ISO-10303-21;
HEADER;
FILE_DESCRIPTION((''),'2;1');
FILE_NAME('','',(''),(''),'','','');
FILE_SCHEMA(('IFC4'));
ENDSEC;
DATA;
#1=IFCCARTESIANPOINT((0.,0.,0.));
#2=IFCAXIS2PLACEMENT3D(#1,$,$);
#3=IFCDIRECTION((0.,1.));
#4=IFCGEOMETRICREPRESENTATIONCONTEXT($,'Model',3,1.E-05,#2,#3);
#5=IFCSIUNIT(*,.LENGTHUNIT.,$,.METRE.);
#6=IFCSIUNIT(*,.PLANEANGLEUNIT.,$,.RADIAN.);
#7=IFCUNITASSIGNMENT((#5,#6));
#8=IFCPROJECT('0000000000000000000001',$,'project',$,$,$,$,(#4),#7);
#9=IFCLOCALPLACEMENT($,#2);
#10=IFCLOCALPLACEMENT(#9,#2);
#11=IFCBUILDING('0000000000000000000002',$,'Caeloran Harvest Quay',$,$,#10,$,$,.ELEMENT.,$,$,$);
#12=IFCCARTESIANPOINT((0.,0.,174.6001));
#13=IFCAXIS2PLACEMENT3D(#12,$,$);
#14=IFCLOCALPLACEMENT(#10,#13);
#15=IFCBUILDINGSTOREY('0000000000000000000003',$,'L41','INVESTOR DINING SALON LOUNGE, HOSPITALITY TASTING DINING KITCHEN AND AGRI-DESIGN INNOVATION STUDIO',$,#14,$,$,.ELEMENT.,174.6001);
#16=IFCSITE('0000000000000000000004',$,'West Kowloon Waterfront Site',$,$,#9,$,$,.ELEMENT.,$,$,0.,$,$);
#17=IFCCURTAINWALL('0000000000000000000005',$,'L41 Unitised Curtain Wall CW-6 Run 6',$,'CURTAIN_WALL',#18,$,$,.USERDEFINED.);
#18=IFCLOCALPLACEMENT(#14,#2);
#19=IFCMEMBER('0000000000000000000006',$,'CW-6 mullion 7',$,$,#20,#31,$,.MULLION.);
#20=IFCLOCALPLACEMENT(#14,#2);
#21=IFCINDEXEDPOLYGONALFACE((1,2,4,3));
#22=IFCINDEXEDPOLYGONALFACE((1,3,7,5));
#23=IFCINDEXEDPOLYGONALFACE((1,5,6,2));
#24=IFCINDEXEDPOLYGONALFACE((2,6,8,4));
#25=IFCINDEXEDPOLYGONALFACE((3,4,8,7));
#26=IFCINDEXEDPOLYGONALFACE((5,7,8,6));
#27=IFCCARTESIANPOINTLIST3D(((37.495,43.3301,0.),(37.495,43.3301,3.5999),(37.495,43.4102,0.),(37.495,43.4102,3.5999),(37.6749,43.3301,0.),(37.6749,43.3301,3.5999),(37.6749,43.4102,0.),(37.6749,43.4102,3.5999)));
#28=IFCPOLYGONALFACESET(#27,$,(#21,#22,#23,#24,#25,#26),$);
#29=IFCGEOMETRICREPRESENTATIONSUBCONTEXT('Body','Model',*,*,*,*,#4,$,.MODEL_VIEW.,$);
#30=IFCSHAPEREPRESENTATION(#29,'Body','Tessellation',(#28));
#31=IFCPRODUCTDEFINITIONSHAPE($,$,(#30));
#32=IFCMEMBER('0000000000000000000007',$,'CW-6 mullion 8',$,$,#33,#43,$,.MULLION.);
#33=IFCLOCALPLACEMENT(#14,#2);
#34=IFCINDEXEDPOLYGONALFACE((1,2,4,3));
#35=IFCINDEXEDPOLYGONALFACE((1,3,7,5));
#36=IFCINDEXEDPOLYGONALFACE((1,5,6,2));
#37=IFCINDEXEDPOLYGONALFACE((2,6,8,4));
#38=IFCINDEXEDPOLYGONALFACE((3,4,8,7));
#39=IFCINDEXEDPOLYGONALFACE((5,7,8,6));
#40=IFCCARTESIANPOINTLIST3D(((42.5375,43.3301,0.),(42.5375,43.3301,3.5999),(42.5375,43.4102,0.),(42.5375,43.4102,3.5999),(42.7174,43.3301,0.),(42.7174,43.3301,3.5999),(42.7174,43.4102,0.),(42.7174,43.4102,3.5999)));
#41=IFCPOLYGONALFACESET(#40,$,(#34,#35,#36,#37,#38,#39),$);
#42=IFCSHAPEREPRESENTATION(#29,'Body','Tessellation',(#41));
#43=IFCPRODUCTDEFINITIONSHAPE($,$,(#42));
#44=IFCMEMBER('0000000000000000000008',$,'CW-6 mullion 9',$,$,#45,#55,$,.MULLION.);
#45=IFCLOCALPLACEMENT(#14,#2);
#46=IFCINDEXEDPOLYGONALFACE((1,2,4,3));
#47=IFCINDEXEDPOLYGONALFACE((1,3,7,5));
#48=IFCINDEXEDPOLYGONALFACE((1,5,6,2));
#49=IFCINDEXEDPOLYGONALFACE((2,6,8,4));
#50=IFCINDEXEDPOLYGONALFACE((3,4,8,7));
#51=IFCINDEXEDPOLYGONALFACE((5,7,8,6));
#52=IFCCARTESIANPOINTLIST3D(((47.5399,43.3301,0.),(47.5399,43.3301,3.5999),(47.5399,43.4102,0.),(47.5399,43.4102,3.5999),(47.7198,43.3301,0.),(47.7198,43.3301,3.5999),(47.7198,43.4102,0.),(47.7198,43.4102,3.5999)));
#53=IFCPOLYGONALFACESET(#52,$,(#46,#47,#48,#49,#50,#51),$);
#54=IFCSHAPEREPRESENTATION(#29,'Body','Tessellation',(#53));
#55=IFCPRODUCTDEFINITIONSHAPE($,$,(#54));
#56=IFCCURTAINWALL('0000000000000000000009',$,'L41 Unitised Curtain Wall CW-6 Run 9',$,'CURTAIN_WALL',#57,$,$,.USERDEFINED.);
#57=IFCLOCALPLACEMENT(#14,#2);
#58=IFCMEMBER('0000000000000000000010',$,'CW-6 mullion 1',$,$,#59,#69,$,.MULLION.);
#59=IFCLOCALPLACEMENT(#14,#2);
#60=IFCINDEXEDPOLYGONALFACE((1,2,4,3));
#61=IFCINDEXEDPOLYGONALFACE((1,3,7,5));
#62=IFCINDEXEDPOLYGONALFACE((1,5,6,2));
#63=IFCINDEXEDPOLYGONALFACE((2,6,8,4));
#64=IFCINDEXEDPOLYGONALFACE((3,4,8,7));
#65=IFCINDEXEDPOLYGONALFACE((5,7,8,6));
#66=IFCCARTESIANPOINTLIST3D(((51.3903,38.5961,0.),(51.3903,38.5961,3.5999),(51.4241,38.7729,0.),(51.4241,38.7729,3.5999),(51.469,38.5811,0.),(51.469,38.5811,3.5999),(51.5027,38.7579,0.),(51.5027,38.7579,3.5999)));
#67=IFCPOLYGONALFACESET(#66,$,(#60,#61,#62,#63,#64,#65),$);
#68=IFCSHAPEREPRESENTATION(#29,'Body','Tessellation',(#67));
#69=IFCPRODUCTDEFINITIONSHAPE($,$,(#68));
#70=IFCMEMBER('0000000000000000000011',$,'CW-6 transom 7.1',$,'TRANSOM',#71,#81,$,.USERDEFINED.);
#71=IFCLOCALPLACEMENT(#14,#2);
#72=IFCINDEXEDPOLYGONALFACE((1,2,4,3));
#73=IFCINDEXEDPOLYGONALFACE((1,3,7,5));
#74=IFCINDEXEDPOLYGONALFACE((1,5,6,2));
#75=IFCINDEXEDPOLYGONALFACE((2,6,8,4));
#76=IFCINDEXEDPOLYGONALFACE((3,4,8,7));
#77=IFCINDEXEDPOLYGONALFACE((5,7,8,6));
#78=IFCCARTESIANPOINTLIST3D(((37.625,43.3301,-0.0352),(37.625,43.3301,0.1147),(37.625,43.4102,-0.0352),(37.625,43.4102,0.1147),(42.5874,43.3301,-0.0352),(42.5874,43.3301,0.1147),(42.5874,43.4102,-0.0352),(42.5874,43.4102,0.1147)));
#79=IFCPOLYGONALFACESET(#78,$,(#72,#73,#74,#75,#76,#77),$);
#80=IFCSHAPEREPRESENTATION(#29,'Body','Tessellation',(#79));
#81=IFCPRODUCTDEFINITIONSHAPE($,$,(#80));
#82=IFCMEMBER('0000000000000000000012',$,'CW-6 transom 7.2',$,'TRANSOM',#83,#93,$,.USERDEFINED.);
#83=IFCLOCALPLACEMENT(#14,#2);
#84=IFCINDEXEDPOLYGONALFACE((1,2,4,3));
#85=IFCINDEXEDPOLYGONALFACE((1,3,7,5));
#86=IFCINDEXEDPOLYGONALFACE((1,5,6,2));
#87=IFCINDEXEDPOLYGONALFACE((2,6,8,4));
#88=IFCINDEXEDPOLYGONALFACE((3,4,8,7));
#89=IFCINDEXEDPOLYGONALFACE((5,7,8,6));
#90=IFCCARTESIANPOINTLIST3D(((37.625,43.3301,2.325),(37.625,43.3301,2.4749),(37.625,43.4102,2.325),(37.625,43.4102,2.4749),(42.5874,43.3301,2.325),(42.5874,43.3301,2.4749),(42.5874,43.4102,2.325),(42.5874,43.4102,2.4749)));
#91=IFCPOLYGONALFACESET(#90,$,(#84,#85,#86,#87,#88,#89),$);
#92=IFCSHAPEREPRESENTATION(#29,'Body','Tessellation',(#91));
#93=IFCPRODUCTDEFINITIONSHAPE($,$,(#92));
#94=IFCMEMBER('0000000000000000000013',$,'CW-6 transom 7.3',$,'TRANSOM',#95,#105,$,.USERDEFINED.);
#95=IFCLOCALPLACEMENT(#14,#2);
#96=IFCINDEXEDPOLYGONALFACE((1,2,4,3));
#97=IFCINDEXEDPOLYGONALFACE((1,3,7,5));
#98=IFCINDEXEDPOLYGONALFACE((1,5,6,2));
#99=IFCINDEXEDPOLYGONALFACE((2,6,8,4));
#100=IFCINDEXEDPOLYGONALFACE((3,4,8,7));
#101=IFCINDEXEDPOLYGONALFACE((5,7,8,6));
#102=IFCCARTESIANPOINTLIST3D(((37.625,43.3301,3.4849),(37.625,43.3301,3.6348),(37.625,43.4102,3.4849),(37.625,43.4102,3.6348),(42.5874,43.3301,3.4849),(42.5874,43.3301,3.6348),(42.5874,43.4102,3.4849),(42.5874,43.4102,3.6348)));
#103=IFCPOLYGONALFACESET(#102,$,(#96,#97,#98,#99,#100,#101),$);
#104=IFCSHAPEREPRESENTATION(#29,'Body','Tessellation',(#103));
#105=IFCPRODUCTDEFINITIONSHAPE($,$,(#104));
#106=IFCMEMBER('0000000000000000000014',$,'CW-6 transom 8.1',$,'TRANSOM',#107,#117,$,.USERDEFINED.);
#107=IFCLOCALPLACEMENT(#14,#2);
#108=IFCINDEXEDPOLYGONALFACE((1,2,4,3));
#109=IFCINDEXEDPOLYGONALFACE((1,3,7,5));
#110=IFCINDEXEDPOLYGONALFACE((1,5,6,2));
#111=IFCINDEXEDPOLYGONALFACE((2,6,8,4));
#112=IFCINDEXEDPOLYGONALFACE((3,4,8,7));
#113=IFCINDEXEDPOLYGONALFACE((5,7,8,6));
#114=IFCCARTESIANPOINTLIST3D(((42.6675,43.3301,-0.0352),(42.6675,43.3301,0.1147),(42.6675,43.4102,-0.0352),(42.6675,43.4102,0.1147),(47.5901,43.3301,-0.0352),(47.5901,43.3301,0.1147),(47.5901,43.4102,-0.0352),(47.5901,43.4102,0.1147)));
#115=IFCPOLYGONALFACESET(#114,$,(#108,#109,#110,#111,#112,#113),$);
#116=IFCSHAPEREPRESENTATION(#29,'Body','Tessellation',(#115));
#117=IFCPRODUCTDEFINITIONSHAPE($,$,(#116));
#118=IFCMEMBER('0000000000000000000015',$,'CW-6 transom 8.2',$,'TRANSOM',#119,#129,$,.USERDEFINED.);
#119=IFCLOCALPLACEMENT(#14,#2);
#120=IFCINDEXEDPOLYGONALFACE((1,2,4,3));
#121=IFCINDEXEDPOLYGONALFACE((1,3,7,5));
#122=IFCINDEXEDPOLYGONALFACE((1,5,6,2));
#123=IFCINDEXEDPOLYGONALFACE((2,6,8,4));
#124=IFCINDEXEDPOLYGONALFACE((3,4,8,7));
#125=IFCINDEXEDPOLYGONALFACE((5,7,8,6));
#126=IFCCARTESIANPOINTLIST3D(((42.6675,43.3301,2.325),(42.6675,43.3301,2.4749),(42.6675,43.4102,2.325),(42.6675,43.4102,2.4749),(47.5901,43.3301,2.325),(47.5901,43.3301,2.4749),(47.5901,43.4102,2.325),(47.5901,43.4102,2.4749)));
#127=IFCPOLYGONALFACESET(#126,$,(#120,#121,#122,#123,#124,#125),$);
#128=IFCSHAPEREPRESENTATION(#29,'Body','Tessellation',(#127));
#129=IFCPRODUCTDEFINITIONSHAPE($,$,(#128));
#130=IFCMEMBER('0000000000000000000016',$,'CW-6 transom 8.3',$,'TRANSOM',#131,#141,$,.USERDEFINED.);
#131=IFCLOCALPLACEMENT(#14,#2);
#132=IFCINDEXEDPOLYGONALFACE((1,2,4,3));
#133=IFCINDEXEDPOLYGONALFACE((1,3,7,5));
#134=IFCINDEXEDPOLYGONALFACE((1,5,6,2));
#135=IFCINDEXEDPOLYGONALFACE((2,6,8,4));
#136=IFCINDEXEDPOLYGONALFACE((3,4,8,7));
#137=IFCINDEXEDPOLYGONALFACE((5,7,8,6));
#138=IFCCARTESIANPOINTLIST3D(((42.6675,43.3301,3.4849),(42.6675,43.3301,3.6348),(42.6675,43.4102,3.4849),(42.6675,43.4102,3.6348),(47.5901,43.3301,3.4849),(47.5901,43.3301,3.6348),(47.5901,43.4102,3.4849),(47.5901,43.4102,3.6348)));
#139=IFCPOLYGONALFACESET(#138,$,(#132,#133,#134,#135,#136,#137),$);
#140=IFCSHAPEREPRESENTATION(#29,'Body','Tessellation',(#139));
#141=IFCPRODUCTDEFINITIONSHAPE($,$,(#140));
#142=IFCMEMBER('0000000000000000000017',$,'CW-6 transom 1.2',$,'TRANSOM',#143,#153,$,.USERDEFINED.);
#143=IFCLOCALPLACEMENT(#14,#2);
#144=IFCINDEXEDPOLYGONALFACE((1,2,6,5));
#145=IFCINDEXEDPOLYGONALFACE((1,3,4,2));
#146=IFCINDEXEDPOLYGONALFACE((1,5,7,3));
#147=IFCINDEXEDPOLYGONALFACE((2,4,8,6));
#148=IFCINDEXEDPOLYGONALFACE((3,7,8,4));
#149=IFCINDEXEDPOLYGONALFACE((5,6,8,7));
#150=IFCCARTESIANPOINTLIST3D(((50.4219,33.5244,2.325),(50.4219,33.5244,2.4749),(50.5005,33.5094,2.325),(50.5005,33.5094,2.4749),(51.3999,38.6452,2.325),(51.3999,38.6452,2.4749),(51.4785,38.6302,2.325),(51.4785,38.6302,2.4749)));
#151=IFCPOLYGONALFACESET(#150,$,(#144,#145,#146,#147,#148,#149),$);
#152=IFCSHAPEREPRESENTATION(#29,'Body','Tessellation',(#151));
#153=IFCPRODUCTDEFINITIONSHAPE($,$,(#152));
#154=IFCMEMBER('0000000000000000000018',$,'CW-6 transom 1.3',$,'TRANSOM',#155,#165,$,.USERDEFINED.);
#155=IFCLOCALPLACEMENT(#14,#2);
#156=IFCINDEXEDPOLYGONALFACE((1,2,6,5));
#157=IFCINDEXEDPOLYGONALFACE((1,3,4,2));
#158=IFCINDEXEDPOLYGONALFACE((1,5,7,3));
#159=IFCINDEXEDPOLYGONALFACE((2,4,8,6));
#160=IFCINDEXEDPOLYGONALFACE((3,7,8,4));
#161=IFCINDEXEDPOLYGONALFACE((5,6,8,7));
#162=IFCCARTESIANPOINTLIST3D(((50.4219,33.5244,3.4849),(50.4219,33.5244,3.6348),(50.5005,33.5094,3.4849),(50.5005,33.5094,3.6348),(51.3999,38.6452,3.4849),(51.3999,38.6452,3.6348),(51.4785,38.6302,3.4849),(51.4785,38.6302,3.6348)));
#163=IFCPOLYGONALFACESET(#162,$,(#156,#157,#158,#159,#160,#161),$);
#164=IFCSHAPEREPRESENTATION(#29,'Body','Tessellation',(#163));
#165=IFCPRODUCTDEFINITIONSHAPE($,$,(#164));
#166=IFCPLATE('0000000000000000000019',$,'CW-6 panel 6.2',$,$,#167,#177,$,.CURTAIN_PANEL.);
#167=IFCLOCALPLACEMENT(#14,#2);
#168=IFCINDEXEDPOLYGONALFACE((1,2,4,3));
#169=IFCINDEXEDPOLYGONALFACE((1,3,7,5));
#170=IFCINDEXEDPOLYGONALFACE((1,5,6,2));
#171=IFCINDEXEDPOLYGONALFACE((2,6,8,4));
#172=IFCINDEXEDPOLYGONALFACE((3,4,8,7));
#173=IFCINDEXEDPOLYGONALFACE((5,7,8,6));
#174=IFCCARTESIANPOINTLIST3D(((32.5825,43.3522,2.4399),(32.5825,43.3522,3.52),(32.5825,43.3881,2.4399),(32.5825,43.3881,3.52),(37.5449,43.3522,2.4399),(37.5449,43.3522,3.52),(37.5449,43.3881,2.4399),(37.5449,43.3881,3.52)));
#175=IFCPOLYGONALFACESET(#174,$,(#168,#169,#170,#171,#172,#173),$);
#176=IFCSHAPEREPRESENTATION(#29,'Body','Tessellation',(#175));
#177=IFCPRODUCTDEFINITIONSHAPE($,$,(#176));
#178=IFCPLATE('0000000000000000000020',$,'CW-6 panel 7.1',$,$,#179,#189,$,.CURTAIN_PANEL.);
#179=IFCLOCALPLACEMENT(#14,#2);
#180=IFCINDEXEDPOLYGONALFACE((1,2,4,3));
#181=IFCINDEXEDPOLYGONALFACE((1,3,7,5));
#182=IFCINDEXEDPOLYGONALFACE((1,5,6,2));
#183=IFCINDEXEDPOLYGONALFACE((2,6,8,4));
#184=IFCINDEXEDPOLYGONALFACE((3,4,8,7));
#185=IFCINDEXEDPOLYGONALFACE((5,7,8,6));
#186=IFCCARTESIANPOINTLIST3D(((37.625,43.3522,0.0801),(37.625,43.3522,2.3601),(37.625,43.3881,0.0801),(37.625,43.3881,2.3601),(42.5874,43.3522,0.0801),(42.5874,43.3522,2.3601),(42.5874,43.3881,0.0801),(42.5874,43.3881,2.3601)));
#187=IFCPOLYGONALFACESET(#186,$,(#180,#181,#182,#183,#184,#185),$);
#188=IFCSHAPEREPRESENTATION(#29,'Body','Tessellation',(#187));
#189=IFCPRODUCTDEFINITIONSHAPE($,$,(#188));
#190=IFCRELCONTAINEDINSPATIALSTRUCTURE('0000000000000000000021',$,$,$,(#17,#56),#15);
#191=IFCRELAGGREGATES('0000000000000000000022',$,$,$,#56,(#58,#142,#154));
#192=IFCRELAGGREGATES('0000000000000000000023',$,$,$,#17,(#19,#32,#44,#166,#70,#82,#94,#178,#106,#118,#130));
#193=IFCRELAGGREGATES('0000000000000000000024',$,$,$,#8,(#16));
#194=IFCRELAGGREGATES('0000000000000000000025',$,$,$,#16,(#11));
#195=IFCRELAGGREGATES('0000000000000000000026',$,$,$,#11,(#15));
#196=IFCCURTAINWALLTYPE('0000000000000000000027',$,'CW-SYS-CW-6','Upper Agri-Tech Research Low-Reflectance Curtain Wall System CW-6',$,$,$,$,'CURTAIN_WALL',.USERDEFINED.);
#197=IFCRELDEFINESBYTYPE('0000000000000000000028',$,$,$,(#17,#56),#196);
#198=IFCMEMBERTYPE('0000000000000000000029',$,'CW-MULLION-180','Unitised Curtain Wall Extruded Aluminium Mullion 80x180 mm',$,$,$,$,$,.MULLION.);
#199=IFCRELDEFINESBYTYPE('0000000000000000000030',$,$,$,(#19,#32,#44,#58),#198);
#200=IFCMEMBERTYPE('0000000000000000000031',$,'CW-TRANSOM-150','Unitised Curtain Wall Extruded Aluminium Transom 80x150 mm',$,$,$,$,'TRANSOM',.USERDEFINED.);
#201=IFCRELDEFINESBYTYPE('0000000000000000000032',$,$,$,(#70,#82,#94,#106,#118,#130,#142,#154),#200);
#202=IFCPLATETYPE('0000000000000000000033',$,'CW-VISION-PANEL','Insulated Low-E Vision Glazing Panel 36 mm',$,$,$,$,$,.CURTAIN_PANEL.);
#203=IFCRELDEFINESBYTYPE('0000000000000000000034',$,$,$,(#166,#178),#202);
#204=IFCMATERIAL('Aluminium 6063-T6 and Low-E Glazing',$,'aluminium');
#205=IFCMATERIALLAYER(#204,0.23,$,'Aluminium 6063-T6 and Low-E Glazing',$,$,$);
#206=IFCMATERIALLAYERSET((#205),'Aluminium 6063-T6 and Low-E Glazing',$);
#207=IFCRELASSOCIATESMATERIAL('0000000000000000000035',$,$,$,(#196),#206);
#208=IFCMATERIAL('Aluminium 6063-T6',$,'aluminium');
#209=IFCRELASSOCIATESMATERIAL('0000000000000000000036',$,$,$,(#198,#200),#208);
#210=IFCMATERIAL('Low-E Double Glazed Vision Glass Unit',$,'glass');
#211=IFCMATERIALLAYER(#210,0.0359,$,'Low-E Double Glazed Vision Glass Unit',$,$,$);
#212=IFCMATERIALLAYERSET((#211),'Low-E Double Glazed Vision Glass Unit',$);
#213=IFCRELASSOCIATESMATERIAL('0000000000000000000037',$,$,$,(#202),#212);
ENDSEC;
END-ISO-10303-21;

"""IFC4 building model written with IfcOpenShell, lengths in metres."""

from ifc_helpers import new_model, si_unit, direction, frame, origin, origin_2d, place, context, subcontext, project, spatial, rectangle, extrude, material, layer, layer_set, material_profile, profile_set, type_object, element, aggregate, save


model = new_model("IFC4")

# Units and contexts
model_context = context("Model", 3, precision=1e-05, world=origin(), true_north=direction((0.0, 1.0)))
body_context = subcontext(model_context, "Body", "Model", "MODEL_VIEW")
ifc_project = project(units=[si_unit("LENGTHUNIT", "METRE"), si_unit("PLANEANGLEUNIT", "RADIAN")], contexts=[model_context])

# Site, building, storey
site_placement = place(None, origin())
site = spatial("IfcSite", under=ifc_project, at=site_placement, Name="West Kowloon Waterfront Site", CompositionType="ELEMENT", RefElevation=0.0)
building_placement = place(site_placement, origin())
building = spatial("IfcBuilding", under=site, at=building_placement, Name="Caeloran Harvest Quay", CompositionType="ELEMENT")
storey_placement = place(building_placement, frame((0.0, 0.0, 174.6001)))
storey = spatial("IfcBuildingStorey", under=building, at=storey_placement, Name="L41", Description="INVESTOR DINING SALON LOUNGE, HOSPITALITY TASTING DINING KITCHEN AND AGRI-DESIGN INNOVATION STUDIO", CompositionType="ELEMENT", Elevation=174.6001)

# Curtain wall, members
ifc_material_1 = material(Name="Aluminium 6063-T6 and Low-E Glazing", Category="aluminium")
ifc_layer_1 = layer(ifc_material_1, 0.23, Name="Aluminium 6063-T6 and Low-E Glazing")
ifc_layer_set_1 = layer_set([ifc_layer_1], Name="Aluminium 6063-T6 and Low-E Glazing")
curtain_wall_type = type_object("IfcCurtainWallType", Name="CW-SYS-CW-6", Description="Upper Agri-Tech Research Low-Reflectance Curtain Wall System CW-6", ElementType="CURTAIN_WALL", PredefinedType="USERDEFINED", material=ifc_layer_set_1)
curtain_wall_1_placement = place(storey_placement, origin())
curtain_wall_1 = element("IfcCurtainWall", 1, at=curtain_wall_1_placement, inside=storey, type_object=curtain_wall_type, Name="L41 Unitised Curtain Wall CW-6 Run 6", ObjectType="CURTAIN_WALL", PredefinedType="USERDEFINED")
ifc_material_2 = material(Name="Aluminium 6063-T6", Category="aluminium")
ifc_material_profile_1 = material_profile(ifc_material_2, rectangle(XDim=0.0801, YDim=0.1799, at=origin_2d()), Name="CW-MULLION-180")
ifc_profile_set_1 = profile_set([ifc_material_profile_1], Name="Aluminium 6063-T6")
member_type_1 = type_object("IfcMemberType", Name="CW-MULLION-180", Description="Unitised Curtain Wall Extruded Aluminium Mullion 80x180 mm", PredefinedType="MULLION", material=ifc_profile_set_1)
member_1_placement = place(storey_placement, frame((37.585, 43.3701, 0.0), z_axis=(0.0, 0.0, 1.0), x_axis=(0.0, 1.0, 0.0)))
member_1 = element("IfcMember", 2, at=member_1_placement, type_object=member_type_1, Name="CW-6 mullion 7", PredefinedType="MULLION", context=body_context, shape_type="SweptSolid", body=[
    extrude(rectangle(XDim=0.0801, YDim=0.1799, at=origin_2d()), origin(), (0.0, 0.0, 1.0), 3.5999),
])
member_2_placement = place(storey_placement, frame((42.6274, 43.3701, 0.0), z_axis=(0.0, 0.0, 1.0), x_axis=(0.0, 1.0, 0.0)))
member_2 = element("IfcMember", 3, at=member_2_placement, type_object=member_type_1, Name="CW-6 mullion 8", PredefinedType="MULLION", context=body_context, shape_type="SweptSolid", body=[
    extrude(rectangle(XDim=0.0801, YDim=0.1799, at=origin_2d()), origin(), (0.0, 0.0, 1.0), 3.5999),
])
member_3_placement = place(storey_placement, frame((47.6299, 43.3701, 0.0), z_axis=(0.0, 0.0, 1.0), x_axis=(0.0, 1.0, 0.0)))
member_3 = element("IfcMember", 4, at=member_3_placement, type_object=member_type_1, Name="CW-6 mullion 9", PredefinedType="MULLION", context=body_context, shape_type="SweptSolid", body=[
    extrude(rectangle(XDim=0.0801, YDim=0.1799, at=origin_2d()), origin(), (0.0, 0.0, 1.0), 3.5999),
])

# Curtain wall, member
curtain_wall_2_placement = place(storey_placement, origin())
curtain_wall_2 = element("IfcCurtainWall", 5, at=curtain_wall_2_placement, inside=storey, type_object=curtain_wall_type, Name="L41 Unitised Curtain Wall CW-6 Run 9", ObjectType="CURTAIN_WALL", PredefinedType="USERDEFINED")
member_4_placement = place(storey_placement, frame((51.4465, 38.677, 0.0), z_axis=(0.0, 0.0, 1.0), x_axis=(0.982248, -0.187588, 0.0)))
member_4 = element("IfcMember", 6, at=member_4_placement, type_object=member_type_1, Name="CW-6 mullion 1", PredefinedType="MULLION", context=body_context, shape_type="SweptSolid", body=[
    extrude(rectangle(XDim=0.0801, YDim=0.1799, at=origin_2d()), origin(), (0.0, 0.0, 1.0), 3.5999),
])

# Members
ifc_material_profile_2 = material_profile(ifc_material_2, rectangle(XDim=0.0801, YDim=0.1499, at=origin_2d()), Name="CW-TRANSOM-150")
ifc_profile_set_2 = profile_set([ifc_material_profile_2], Name="Aluminium 6063-T6")
member_type_2 = type_object("IfcMemberType", Name="CW-TRANSOM-150", Description="Unitised Curtain Wall Extruded Aluminium Transom 80x150 mm", ElementType="TRANSOM", PredefinedType="USERDEFINED", material=ifc_profile_set_2)
member_5_placement = place(storey_placement, frame((37.625, 43.3701, 0.0398), z_axis=(1.0, 0.0, 0.0), x_axis=(0.0, 1.0, 0.0)))
member_5 = element("IfcMember", 7, at=member_5_placement, type_object=member_type_2, Name="CW-6 transom 7.1", ObjectType="TRANSOM", PredefinedType="USERDEFINED", context=body_context, shape_type="SweptSolid", body=[
    extrude(rectangle(XDim=0.0801, YDim=0.1499, at=origin_2d()), origin(), (0.0, 0.0, 1.0), 4.9624),
])
member_6_placement = place(storey_placement, frame((37.625, 43.3701, 2.3999), z_axis=(1.0, 0.0, 0.0), x_axis=(0.0, 1.0, 0.0)))
member_6 = element("IfcMember", 8, at=member_6_placement, type_object=member_type_2, Name="CW-6 transom 7.2", ObjectType="TRANSOM", PredefinedType="USERDEFINED", context=body_context, shape_type="SweptSolid", body=[
    extrude(rectangle(XDim=0.0801, YDim=0.1499, at=origin_2d()), origin(), (0.0, 0.0, 1.0), 4.9624),
])
member_7_placement = place(storey_placement, frame((37.625, 43.3701, 3.5598), z_axis=(1.0, 0.0, 0.0), x_axis=(0.0, 1.0, 0.0)))
member_7 = element("IfcMember", 9, at=member_7_placement, type_object=member_type_2, Name="CW-6 transom 7.3", ObjectType="TRANSOM", PredefinedType="USERDEFINED", context=body_context, shape_type="SweptSolid", body=[
    extrude(rectangle(XDim=0.0801, YDim=0.1499, at=origin_2d()), origin(), (0.0, 0.0, 1.0), 4.9624),
])
member_8_placement = place(storey_placement, frame((42.6675, 43.3701, 0.0398), z_axis=(1.0, 0.0, 0.0), x_axis=(0.0, 1.0, 0.0)))
member_8 = element("IfcMember", 10, at=member_8_placement, type_object=member_type_2, Name="CW-6 transom 8.1", ObjectType="TRANSOM", PredefinedType="USERDEFINED", context=body_context, shape_type="SweptSolid", body=[
    extrude(rectangle(XDim=0.0801, YDim=0.1499, at=origin_2d()), origin(), (0.0, 0.0, 1.0), 4.9226),
])
member_9_placement = place(storey_placement, frame((42.6675, 43.3701, 2.3999), z_axis=(1.0, 0.0, 0.0), x_axis=(0.0, 1.0, 0.0)))
member_9 = element("IfcMember", 11, at=member_9_placement, type_object=member_type_2, Name="CW-6 transom 8.2", ObjectType="TRANSOM", PredefinedType="USERDEFINED", context=body_context, shape_type="SweptSolid", body=[
    extrude(rectangle(XDim=0.0801, YDim=0.1499, at=origin_2d()), origin(), (0.0, 0.0, 1.0), 4.9226),
])
member_10_placement = place(storey_placement, frame((42.6675, 43.3701, 3.5598), z_axis=(1.0, 0.0, 0.0), x_axis=(0.0, 1.0, 0.0)))
member_10 = element("IfcMember", 12, at=member_10_placement, type_object=member_type_2, Name="CW-6 transom 8.3", ObjectType="TRANSOM", PredefinedType="USERDEFINED", context=body_context, shape_type="SweptSolid", body=[
    extrude(rectangle(XDim=0.0801, YDim=0.1499, at=origin_2d()), origin(), (0.0, 0.0, 1.0), 4.9226),
])
member_11_placement = place(storey_placement, frame((51.4392, 38.6377, 2.3999), z_axis=(-0.187598, -0.982246, 0.0), x_axis=(0.982246, -0.187598, 0.0)))
member_11 = element("IfcMember", 13, at=member_11_placement, type_object=member_type_2, Name="CW-6 transom 1.2", ObjectType="TRANSOM", PredefinedType="USERDEFINED", context=body_context, shape_type="SweptSolid", body=[
    extrude(rectangle(XDim=0.0801, YDim=0.1499, at=origin_2d()), origin(), (0.0, 0.0, 1.0), 5.2134),
])
member_12_placement = place(storey_placement, frame((51.4392, 38.6377, 3.5598), z_axis=(-0.187598, -0.982246, 0.0), x_axis=(0.982246, -0.187598, 0.0)))
member_12 = element("IfcMember", 14, at=member_12_placement, type_object=member_type_2, Name="CW-6 transom 1.3", ObjectType="TRANSOM", PredefinedType="USERDEFINED", context=body_context, shape_type="SweptSolid", body=[
    extrude(rectangle(XDim=0.0801, YDim=0.1499, at=origin_2d()), origin(), (0.0, 0.0, 1.0), 5.2134),
])
aggregate(curtain_wall_2, [member_4, member_11, member_12])

# Plates
ifc_material_3 = material(Name="Low-E Double Glazed Vision Glass Unit", Category="glass")
ifc_layer_2 = layer(ifc_material_3, 0.0359, Name="Low-E Double Glazed Vision Glass Unit")
ifc_layer_set_2 = layer_set([ifc_layer_2], Name="Low-E Double Glazed Vision Glass Unit")
plate_type = type_object("IfcPlateType", Name="CW-VISION-PANEL", Description="Insulated Low-E Vision Glazing Panel 36 mm", PredefinedType="CURTAIN_PANEL", material=ifc_layer_set_2)
plate_1_placement = place(storey_placement, frame((35.0637, 43.3701, 2.4399), z_axis=(0.0, 0.0, 1.0), x_axis=(1.0, 0.0, 0.0)))
plate_1 = element("IfcPlate", 15, at=plate_1_placement, type_object=plate_type, Name="CW-6 panel 6.2", PredefinedType="CURTAIN_PANEL", context=body_context, shape_type="SweptSolid", body=[
    extrude(rectangle(XDim=4.9624, YDim=0.0359, at=origin_2d()), origin(), (0.0, 0.0, 1.0), 1.0801),
])
plate_2_placement = place(storey_placement, frame((40.1062, 43.3701, 0.0801), z_axis=(0.0, 0.0, 1.0), x_axis=(1.0, 0.0, 0.0)))
plate_2 = element("IfcPlate", 16, at=plate_2_placement, type_object=plate_type, Name="CW-6 panel 7.1", PredefinedType="CURTAIN_PANEL", context=body_context, shape_type="SweptSolid", body=[
    extrude(rectangle(XDim=4.9624, YDim=0.0359, at=origin_2d()), origin(), (0.0, 0.0, 1.0), 2.28),
])
aggregate(curtain_wall_1, [member_1, member_2, member_3, plate_1, member_5, member_6, member_7, plate_2, member_8, member_9, member_10])

save(model, "model.ifc")
